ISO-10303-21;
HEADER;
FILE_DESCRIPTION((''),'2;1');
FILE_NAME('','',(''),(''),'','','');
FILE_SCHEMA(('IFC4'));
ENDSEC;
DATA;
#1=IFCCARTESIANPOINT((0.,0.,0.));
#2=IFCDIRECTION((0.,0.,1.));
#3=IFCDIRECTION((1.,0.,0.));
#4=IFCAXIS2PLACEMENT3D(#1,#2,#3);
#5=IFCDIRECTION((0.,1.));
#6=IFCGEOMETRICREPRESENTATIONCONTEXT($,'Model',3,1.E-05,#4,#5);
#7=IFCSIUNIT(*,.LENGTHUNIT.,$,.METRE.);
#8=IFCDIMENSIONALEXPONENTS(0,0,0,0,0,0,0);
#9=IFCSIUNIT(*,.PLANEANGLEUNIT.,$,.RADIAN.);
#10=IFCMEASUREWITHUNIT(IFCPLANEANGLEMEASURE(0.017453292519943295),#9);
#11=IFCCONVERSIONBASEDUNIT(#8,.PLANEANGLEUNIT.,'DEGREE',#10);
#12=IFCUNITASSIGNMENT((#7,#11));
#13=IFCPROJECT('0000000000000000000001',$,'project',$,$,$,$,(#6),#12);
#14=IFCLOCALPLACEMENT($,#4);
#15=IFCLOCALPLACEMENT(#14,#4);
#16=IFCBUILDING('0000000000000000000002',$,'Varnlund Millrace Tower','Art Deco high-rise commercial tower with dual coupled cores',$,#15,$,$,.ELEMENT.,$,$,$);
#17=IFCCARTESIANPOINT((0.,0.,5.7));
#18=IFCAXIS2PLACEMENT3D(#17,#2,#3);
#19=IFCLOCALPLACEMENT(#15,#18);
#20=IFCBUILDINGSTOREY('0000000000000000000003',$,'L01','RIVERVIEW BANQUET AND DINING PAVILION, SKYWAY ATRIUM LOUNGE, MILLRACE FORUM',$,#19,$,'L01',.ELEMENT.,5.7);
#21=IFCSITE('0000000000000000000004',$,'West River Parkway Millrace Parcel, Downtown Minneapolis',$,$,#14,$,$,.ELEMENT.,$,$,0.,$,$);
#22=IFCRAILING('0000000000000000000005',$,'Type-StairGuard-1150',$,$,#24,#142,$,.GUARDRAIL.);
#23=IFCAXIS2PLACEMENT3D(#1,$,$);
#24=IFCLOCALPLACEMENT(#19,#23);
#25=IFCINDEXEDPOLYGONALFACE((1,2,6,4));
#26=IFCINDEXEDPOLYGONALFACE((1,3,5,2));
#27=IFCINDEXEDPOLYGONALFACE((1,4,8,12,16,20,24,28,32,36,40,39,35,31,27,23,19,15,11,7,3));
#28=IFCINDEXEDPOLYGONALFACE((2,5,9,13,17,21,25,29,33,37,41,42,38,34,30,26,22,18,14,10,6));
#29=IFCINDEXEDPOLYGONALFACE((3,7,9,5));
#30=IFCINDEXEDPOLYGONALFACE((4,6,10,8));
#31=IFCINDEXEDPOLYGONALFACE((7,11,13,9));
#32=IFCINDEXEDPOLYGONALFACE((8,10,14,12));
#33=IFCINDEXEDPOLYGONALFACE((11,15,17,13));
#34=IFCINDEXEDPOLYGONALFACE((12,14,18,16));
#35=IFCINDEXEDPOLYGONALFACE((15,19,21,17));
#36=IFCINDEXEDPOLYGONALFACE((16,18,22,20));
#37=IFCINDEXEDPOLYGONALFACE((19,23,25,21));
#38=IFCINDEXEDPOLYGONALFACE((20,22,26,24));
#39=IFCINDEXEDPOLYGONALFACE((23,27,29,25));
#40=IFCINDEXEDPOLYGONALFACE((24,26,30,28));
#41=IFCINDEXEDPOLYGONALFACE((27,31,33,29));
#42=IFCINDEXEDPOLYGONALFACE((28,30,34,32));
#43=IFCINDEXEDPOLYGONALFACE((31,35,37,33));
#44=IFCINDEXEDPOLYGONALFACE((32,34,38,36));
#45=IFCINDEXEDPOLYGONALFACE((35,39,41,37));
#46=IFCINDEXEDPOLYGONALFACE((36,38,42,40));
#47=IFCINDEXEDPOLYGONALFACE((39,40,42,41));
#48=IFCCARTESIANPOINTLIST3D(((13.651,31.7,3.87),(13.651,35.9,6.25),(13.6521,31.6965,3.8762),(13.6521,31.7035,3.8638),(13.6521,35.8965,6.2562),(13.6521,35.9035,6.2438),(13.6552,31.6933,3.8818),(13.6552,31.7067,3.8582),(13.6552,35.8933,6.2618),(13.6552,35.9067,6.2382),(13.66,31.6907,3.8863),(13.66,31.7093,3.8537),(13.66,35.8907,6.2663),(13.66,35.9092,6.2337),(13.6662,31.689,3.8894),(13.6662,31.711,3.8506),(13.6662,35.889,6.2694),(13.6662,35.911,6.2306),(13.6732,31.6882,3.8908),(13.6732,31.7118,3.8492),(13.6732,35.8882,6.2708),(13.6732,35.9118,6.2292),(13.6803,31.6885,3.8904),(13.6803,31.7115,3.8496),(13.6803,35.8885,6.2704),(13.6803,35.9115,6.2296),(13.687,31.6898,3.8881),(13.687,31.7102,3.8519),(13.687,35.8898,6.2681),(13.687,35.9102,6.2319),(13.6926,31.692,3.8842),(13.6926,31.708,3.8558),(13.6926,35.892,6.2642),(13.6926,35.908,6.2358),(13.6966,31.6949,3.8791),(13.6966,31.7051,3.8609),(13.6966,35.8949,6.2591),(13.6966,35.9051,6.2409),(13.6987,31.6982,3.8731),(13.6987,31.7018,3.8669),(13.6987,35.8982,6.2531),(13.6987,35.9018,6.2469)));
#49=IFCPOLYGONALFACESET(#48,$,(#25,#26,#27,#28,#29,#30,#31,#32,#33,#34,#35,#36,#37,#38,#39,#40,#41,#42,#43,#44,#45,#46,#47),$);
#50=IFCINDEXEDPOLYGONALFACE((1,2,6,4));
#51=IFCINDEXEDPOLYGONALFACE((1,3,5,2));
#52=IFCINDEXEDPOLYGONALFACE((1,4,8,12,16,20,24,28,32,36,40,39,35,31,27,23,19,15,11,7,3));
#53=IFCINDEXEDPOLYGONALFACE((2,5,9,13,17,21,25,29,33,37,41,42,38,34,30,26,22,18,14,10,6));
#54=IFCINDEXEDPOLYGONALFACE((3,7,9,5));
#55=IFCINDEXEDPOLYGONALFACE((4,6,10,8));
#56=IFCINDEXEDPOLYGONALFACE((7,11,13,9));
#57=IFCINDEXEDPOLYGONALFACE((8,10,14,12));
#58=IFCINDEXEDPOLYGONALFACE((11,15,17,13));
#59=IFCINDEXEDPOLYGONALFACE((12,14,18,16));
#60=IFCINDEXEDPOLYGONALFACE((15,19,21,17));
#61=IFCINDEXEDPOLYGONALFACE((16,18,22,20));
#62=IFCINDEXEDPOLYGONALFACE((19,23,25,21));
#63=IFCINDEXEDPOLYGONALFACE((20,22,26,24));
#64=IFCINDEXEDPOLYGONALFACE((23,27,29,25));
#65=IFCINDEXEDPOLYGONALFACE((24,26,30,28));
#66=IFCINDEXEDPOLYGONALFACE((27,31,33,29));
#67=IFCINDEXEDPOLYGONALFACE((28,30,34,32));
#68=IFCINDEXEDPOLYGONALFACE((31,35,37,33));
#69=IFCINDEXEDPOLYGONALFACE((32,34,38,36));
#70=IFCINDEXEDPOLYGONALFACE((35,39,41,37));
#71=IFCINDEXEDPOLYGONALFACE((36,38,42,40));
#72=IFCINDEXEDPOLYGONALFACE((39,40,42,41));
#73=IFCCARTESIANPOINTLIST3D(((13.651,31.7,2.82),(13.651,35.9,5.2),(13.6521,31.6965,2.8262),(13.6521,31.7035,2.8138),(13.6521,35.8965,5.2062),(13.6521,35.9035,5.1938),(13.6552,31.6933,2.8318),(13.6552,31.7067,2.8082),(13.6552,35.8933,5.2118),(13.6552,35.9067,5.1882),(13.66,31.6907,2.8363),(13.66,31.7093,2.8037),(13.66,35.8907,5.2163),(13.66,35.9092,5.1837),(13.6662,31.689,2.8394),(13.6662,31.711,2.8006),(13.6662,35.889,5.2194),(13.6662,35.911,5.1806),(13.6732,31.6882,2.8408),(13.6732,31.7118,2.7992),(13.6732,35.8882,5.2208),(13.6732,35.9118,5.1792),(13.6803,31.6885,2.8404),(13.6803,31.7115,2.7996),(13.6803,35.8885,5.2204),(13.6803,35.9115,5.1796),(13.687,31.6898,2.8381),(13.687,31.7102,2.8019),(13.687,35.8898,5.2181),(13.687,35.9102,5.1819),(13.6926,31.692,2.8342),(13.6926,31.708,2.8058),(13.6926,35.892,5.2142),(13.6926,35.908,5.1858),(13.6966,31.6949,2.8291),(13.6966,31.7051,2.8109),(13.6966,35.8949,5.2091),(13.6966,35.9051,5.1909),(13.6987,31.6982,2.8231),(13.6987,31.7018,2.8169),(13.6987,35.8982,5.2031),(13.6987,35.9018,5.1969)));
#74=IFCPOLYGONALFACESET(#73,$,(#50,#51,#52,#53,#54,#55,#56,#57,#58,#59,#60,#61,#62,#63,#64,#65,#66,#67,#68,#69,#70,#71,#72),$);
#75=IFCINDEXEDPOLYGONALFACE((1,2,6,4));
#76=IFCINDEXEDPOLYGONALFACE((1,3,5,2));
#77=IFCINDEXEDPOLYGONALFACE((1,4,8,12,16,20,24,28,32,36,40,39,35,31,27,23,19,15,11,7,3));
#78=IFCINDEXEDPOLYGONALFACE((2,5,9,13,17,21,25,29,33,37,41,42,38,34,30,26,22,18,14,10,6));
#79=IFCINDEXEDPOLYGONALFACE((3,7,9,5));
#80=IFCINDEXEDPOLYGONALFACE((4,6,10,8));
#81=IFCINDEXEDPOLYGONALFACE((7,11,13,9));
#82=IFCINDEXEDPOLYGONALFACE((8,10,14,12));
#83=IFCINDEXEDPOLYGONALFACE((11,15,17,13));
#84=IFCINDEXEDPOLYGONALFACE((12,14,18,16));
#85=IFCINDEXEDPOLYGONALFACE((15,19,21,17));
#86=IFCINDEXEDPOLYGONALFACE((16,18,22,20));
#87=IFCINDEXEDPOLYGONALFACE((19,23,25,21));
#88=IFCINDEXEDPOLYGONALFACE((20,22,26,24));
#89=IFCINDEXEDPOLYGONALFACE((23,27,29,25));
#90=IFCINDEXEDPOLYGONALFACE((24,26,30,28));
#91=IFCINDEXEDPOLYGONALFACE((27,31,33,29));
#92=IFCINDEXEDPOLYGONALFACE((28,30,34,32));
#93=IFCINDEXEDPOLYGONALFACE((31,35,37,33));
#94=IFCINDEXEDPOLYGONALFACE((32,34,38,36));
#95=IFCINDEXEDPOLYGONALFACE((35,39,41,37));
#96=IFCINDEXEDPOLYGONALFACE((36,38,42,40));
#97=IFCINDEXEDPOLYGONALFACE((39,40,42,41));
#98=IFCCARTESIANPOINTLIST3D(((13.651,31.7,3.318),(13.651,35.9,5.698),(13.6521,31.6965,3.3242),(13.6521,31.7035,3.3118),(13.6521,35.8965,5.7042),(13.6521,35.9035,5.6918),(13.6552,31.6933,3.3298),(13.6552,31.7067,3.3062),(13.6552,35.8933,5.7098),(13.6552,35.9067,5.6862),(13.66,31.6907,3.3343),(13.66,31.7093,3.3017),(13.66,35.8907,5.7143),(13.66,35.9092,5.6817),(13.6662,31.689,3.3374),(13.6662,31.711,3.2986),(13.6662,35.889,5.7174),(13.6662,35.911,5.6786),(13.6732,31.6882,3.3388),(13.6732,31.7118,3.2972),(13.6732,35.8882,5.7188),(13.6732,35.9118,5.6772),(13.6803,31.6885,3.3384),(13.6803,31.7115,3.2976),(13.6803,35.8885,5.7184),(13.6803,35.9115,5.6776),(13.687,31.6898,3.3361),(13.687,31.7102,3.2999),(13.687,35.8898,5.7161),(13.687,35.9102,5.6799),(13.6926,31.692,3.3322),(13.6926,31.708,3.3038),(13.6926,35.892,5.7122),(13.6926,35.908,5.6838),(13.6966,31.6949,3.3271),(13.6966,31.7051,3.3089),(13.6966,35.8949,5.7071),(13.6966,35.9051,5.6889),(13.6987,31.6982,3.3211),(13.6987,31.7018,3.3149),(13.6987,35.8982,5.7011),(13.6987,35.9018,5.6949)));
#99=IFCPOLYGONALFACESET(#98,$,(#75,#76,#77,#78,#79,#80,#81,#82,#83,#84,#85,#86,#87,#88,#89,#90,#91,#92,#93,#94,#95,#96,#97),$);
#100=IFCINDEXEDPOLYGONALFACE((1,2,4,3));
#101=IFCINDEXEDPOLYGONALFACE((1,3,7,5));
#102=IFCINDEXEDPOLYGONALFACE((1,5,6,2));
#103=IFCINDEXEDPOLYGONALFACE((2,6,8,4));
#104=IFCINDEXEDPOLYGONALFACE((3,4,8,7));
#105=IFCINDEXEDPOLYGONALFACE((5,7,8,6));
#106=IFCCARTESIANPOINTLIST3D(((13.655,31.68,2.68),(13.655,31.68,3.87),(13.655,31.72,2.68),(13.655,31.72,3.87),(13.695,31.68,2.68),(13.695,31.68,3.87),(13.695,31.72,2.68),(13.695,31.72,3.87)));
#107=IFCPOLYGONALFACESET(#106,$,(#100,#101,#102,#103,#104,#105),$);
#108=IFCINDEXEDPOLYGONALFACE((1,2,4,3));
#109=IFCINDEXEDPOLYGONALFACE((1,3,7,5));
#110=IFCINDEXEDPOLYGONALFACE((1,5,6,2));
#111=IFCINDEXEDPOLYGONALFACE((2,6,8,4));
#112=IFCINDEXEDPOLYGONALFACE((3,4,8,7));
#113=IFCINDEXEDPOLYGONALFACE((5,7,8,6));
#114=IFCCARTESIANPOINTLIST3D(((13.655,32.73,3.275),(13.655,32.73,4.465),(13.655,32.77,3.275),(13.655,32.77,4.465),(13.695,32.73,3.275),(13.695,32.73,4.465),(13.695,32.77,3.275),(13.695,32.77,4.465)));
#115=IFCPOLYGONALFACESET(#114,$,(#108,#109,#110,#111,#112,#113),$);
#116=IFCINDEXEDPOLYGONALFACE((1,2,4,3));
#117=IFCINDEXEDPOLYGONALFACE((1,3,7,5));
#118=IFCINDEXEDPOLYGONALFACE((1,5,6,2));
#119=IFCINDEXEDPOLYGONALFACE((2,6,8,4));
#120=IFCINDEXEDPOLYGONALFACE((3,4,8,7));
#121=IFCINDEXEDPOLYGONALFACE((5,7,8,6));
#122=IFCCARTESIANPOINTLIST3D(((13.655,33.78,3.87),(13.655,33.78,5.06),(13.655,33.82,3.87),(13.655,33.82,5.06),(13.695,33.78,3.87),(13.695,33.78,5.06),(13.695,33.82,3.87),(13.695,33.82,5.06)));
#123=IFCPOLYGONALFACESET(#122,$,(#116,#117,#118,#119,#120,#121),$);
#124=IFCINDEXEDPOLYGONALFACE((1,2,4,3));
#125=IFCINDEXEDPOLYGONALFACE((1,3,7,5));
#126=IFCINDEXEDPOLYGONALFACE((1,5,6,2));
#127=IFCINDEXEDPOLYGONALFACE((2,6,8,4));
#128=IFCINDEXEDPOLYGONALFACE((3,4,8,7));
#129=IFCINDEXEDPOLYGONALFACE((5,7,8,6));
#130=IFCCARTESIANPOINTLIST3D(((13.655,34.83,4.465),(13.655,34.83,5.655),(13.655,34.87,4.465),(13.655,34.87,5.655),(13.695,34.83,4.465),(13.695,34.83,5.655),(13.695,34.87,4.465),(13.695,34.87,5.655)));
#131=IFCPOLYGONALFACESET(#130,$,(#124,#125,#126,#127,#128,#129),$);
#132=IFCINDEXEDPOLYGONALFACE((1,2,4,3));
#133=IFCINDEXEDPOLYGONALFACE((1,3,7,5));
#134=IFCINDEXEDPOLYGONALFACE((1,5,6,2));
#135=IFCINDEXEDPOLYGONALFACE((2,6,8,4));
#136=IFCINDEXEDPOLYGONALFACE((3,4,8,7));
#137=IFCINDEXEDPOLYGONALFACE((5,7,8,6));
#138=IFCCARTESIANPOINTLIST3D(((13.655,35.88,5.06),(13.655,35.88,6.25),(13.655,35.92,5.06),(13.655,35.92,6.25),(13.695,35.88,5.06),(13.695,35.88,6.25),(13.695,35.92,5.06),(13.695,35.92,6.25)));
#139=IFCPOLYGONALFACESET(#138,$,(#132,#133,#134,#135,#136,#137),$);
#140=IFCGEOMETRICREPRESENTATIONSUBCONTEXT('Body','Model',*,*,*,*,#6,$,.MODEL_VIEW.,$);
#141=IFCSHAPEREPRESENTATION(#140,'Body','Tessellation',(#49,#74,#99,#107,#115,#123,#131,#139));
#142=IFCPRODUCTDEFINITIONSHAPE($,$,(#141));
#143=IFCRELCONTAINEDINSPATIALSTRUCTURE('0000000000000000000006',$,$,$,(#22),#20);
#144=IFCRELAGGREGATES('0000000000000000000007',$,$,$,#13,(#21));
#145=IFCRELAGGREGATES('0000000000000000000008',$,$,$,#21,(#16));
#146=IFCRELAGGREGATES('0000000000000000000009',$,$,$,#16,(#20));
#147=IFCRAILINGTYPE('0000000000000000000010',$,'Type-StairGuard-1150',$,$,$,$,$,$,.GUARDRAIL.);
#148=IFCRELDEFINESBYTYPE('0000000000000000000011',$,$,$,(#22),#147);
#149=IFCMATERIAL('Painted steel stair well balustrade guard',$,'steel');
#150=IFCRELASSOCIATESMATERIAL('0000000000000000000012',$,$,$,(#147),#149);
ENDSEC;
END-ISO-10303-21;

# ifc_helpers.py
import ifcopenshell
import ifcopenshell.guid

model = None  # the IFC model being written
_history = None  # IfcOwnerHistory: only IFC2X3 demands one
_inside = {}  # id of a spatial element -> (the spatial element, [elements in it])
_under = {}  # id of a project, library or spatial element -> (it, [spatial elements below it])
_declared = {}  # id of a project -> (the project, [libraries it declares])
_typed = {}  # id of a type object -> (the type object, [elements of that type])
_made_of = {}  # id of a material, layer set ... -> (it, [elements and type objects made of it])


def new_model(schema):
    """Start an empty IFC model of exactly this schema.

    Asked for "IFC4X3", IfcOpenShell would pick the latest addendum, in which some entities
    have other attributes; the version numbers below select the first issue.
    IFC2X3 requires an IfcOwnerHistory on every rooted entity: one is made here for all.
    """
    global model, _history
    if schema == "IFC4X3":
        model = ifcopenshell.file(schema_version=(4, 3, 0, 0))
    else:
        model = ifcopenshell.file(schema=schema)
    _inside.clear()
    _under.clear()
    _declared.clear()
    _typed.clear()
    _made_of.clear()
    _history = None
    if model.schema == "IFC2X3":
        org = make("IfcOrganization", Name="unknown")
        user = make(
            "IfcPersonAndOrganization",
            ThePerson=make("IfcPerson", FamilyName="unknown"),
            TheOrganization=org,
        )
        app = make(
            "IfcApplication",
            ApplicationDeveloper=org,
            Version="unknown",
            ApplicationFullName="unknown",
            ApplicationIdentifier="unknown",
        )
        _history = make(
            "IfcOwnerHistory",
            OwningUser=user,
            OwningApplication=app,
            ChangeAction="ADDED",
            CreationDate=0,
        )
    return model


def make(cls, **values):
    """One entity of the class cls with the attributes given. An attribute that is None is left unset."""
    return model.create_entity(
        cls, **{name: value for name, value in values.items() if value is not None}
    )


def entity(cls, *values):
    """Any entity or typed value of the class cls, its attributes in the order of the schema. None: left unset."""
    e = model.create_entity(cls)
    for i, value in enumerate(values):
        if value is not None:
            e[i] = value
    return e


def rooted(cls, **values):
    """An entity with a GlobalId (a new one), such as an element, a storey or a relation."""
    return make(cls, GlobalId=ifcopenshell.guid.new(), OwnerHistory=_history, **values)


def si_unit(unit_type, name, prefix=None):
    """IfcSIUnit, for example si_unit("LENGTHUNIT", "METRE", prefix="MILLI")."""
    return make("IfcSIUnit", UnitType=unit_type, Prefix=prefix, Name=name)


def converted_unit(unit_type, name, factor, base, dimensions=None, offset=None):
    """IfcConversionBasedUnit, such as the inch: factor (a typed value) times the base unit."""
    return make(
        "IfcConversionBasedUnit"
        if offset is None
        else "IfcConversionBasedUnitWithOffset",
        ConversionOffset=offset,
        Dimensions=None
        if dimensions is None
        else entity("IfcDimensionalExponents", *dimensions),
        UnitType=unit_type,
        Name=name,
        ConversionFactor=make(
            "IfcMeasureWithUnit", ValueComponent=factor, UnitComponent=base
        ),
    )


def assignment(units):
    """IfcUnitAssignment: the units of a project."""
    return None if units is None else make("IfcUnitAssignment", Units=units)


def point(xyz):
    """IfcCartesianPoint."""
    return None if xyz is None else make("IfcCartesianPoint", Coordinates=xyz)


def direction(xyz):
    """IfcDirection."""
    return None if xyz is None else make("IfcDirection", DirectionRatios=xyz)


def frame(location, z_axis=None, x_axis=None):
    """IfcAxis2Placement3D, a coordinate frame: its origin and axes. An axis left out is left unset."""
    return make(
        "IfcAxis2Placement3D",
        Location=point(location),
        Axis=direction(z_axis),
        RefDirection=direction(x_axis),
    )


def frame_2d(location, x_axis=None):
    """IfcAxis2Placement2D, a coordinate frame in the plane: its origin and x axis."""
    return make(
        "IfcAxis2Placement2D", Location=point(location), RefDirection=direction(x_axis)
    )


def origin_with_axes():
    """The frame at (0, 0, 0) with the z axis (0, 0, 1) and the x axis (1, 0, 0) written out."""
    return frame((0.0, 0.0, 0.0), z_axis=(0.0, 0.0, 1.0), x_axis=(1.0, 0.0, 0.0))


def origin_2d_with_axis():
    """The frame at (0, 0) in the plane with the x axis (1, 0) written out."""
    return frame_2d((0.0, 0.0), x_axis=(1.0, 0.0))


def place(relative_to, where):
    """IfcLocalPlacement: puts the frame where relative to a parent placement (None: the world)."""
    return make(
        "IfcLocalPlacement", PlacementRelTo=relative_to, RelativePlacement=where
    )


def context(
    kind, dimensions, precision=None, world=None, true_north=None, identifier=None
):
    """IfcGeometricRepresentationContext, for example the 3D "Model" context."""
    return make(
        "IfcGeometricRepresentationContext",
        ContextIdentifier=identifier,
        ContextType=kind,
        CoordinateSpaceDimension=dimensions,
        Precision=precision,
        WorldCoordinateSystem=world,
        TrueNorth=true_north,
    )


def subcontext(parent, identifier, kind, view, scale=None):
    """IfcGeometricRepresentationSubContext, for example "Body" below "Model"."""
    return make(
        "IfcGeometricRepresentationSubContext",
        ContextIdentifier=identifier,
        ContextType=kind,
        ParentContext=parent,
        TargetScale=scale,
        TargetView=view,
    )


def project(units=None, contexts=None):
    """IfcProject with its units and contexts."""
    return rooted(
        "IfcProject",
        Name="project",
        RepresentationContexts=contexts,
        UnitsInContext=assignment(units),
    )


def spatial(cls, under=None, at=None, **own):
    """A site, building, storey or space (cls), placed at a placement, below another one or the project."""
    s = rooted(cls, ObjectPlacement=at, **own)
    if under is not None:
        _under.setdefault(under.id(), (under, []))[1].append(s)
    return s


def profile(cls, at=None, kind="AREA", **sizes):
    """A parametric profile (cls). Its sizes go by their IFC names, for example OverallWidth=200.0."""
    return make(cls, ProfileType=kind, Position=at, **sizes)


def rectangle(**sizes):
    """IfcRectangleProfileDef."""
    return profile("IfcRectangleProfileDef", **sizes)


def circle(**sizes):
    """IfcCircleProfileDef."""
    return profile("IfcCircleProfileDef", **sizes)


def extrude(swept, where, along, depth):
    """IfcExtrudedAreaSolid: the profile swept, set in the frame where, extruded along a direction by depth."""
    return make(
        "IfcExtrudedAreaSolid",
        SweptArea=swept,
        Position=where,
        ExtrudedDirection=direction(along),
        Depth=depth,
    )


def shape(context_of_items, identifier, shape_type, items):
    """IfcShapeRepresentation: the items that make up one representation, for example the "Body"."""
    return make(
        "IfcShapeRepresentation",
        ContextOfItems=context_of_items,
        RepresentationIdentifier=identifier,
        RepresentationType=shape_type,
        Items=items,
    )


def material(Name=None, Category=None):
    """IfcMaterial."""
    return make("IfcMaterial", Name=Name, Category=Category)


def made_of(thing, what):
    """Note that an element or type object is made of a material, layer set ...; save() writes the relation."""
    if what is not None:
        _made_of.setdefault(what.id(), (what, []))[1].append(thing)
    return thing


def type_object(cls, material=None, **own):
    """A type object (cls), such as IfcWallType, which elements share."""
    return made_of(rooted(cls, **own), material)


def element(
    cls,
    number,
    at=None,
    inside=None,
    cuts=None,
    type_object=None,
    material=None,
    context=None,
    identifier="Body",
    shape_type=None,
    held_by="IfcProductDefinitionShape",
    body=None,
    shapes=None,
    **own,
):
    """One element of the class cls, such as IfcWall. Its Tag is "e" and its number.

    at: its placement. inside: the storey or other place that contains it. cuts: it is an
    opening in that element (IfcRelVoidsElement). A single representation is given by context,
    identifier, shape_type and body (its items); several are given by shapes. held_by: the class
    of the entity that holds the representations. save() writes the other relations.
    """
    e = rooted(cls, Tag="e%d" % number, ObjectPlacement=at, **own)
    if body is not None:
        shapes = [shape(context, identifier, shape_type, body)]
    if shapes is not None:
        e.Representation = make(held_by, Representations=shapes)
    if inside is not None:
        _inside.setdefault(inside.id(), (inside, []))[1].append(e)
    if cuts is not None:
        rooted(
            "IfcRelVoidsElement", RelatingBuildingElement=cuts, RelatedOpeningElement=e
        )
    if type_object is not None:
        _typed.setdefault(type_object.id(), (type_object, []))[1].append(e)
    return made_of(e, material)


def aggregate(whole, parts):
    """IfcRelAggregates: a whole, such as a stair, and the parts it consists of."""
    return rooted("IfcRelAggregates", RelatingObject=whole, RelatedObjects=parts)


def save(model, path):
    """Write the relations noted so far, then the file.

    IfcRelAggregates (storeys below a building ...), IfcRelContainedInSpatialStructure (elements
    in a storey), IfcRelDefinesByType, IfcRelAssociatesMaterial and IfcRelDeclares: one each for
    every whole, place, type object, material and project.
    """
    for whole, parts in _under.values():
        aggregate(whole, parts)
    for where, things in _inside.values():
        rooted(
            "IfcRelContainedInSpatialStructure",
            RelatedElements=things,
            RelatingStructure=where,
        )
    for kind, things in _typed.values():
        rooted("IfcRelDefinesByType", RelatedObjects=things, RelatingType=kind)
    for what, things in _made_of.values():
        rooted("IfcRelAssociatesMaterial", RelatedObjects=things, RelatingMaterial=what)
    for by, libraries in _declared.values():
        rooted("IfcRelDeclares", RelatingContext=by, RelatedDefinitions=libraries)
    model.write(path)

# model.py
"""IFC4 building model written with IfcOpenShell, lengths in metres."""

from ifc_helpers import new_model, entity, si_unit, converted_unit, direction, frame, origin_with_axes, origin_2d_with_axis, place, context, subcontext, project, spatial, rectangle, circle, extrude, material, type_object, element, save


model = new_model("IFC4")

# Units and contexts
model_context = context("Model", 3, precision=1e-05, world=origin_with_axes(), true_north=direction((0.0, 1.0)))
body_context = subcontext(model_context, "Body", "Model", "MODEL_VIEW")
ifc_project = project(units=[si_unit("LENGTHUNIT", "METRE"), converted_unit("PLANEANGLEUNIT", "DEGREE", entity("IfcPlaneAngleMeasure", 0.017453292519943295), si_unit("PLANEANGLEUNIT", "RADIAN"), dimensions=[0, 0, 0, 0, 0, 0, 0])], contexts=[model_context])

# Site, building, storey
site_placement = place(None, origin_with_axes())
site = spatial("IfcSite", under=ifc_project, at=site_placement, Name="West River Parkway Millrace Parcel, Downtown Minneapolis", CompositionType="ELEMENT", RefElevation=0.0)
building_placement = place(site_placement, origin_with_axes())
building = spatial("IfcBuilding", under=site, at=building_placement, Name="Varnlund Millrace Tower", Description="Art Deco high-rise commercial tower with dual coupled cores", CompositionType="ELEMENT")
storey_placement = place(building_placement, frame((0.0, 0.0, 5.7), z_axis=(0.0, 0.0, 1.0), x_axis=(1.0, 0.0, 0.0)))
storey = spatial("IfcBuildingStorey", under=building, at=storey_placement, Name="L01", Description="RIVERVIEW BANQUET AND DINING PAVILION, SKYWAY ATRIUM LOUNGE, MILLRACE FORUM", LongName="L01", CompositionType="ELEMENT", Elevation=5.7)

# Railing
ifc_material_1 = material(Name="Painted steel stair well balustrade guard", Category="steel")
railing_type_1 = type_object("IfcRailingType", Name="Type-StairGuard-1150", PredefinedType="GUARDRAIL", material=ifc_material_1)
railing_1_placement = place(storey_placement, frame((0.0, 0.0, -5.7), z_axis=(0.0, 0.0, 1.0), x_axis=(1.0, 0.0, 0.0)))
element("IfcRailing", 1, at=railing_1_placement, inside=storey, type_object=railing_type_1, Name="Type-StairGuard-1150", PredefinedType="GUARDRAIL", context=body_context, shape_type="SweptSolid", body=[
    extrude(circle(Radius=0.024, at=origin_2d_with_axis()), frame((13.675, 31.7, 9.57), z_axis=(0.0, 0.870022, 0.493013), x_axis=(-1.0, 0.0, 0.0)), (0.0, 0.0, 1.0), 4.8275),
    extrude(circle(Radius=0.024, at=origin_2d_with_axis()), frame((13.675, 31.7, 8.52), z_axis=(0.0, 0.870022, 0.493013), x_axis=(-1.0, 0.0, 0.0)), (0.0, 0.0, 1.0), 4.8275),
    extrude(circle(Radius=0.024, at=origin_2d_with_axis()), frame((13.675, 31.7, 9.018), z_axis=(0.0, 0.870022, 0.493013), x_axis=(-1.0, 0.0, 0.0)), (0.0, 0.0, 1.0), 4.8275),
    extrude(rectangle(XDim=0.04, YDim=0.04, at=origin_2d_with_axis()), frame((13.675, 31.7, 8.38), z_axis=(0.0, 0.0, 1.0), x_axis=(1.0, 0.0, 0.0)), (0.0, 0.0, 1.0), 1.19),
    extrude(rectangle(XDim=0.04, YDim=0.04, at=origin_2d_with_axis()), frame((13.675, 32.75, 8.975), z_axis=(0.0, 0.0, 1.0), x_axis=(1.0, 0.0, 0.0)), (0.0, 0.0, 1.0), 1.19),
    extrude(rectangle(XDim=0.04, YDim=0.04, at=origin_2d_with_axis()), frame((13.675, 33.8, 9.57), z_axis=(0.0, 0.0, 1.0), x_axis=(1.0, 0.0, 0.0)), (0.0, 0.0, 1.0), 1.19),
    extrude(rectangle(XDim=0.04, YDim=0.04, at=origin_2d_with_axis()), frame((13.675, 34.85, 10.165), z_axis=(0.0, 0.0, 1.0), x_axis=(1.0, 0.0, 0.0)), (0.0, 0.0, 1.0), 1.19),
    extrude(rectangle(XDim=0.04, YDim=0.04, at=origin_2d_with_axis()), frame((13.675, 35.9, 10.76), z_axis=(0.0, 0.0, 1.0), x_axis=(1.0, 0.0, 0.0)), (0.0, 0.0, 1.0), 1.19),
])

save(model, "model.ifc")
